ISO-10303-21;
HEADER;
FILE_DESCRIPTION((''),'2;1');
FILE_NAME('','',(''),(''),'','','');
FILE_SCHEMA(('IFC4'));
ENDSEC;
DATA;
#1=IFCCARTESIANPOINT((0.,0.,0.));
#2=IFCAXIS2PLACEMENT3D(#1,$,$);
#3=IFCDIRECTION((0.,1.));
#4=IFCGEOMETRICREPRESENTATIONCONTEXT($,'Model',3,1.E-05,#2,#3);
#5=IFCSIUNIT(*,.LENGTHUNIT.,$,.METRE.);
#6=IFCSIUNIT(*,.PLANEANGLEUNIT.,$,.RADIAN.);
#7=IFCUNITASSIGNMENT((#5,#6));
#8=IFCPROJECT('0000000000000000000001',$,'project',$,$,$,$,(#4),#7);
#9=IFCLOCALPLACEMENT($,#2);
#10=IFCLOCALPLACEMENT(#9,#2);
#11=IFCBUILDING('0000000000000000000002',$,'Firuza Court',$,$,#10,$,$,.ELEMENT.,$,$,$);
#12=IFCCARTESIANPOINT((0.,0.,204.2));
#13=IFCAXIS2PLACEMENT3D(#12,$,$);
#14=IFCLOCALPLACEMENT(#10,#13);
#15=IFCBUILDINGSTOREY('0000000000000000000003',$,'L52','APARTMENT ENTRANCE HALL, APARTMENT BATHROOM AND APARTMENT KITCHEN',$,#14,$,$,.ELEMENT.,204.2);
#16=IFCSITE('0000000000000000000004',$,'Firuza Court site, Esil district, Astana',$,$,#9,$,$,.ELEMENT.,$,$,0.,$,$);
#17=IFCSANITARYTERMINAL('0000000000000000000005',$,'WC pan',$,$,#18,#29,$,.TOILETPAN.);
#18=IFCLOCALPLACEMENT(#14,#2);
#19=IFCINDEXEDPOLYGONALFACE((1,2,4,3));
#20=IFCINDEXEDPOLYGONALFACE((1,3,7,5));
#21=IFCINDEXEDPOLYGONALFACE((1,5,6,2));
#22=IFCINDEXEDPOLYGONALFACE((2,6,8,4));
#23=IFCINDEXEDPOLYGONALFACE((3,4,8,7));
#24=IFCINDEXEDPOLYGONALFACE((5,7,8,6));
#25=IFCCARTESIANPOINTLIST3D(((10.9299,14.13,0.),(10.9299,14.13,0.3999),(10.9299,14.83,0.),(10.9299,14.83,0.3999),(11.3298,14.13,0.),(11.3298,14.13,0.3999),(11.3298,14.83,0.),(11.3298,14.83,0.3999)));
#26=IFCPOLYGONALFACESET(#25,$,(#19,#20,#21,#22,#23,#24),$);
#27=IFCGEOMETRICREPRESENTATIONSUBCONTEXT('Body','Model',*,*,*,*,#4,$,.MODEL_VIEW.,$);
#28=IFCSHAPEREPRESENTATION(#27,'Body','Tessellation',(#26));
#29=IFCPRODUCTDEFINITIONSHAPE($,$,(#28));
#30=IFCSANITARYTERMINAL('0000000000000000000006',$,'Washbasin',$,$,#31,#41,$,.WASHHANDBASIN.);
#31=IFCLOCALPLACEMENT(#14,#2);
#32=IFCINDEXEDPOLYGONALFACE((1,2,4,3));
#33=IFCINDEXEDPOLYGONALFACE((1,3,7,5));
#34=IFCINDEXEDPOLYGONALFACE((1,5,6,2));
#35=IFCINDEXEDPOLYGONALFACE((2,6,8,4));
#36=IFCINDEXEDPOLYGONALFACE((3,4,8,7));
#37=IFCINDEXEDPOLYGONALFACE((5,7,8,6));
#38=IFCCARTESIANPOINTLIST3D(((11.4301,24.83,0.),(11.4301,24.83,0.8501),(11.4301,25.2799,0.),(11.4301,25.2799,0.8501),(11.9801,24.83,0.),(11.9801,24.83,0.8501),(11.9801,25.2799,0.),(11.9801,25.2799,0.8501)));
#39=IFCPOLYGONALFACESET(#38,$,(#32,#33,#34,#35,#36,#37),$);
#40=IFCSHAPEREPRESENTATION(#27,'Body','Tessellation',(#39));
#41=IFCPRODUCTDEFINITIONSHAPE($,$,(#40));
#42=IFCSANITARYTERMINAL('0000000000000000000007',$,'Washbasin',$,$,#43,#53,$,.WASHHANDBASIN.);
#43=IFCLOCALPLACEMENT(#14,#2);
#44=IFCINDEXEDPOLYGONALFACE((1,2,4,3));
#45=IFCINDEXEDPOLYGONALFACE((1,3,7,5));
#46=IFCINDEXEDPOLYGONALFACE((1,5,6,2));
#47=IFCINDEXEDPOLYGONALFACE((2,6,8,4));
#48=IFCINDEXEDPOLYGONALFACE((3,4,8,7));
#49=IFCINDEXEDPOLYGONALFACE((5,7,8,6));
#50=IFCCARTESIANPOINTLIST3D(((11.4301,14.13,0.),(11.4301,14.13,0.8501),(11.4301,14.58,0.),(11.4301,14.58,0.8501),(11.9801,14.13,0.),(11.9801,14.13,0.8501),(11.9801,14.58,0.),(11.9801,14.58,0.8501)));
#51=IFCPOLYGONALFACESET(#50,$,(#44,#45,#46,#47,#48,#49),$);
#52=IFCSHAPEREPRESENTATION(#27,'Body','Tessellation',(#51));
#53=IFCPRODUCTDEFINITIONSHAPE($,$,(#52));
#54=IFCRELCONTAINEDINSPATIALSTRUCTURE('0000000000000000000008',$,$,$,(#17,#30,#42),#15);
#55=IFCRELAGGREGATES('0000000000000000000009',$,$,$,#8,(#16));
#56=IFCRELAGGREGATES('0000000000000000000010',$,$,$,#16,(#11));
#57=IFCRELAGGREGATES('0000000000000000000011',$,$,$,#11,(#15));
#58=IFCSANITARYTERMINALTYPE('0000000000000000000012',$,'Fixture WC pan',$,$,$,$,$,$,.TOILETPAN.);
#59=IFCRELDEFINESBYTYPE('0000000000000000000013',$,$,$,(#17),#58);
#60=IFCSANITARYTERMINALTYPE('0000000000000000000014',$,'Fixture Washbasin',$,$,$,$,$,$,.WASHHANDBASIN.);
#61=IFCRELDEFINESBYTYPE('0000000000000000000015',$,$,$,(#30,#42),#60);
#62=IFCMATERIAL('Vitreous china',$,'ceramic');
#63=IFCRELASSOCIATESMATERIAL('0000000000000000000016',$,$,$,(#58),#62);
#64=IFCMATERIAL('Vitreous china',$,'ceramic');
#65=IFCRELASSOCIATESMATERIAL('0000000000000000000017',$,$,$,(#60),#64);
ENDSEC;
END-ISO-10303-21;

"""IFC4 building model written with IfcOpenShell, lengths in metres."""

from ifc_helpers import new_model, si_unit, direction, frame, origin, origin_2d, place, context, subcontext, project, spatial, rectangle, extrude, material, type_object, element, save


model = new_model("IFC4")

# Units and contexts
model_context = context("Model", 3, precision=1e-05, world=origin(), true_north=direction((0.0, 1.0)))
body_context = subcontext(model_context, "Body", "Model", "MODEL_VIEW")
ifc_project = project(units=[si_unit("LENGTHUNIT", "METRE"), si_unit("PLANEANGLEUNIT", "RADIAN")], contexts=[model_context])

# Site, building, storey
site_placement = place(None, origin())
site = spatial("IfcSite", under=ifc_project, at=site_placement, Name="Firuza Court site, Esil district, Astana", CompositionType="ELEMENT", RefElevation=0.0)
building_placement = place(site_placement, origin())
building = spatial("IfcBuilding", under=site, at=building_placement, Name="Firuza Court", CompositionType="ELEMENT")
storey_placement = place(building_placement, frame((0.0, 0.0, 204.2)))
storey = spatial("IfcBuildingStorey", under=building, at=storey_placement, Name="L52", Description="APARTMENT ENTRANCE HALL, APARTMENT BATHROOM AND APARTMENT KITCHEN", CompositionType="ELEMENT", Elevation=204.2)

# Sanitary terminals
ifc_material_1 = material(Name="Vitreous china", Category="ceramic")
sanitary_terminal_type_1 = type_object("IfcSanitaryTerminalType", Name="Fixture WC pan", PredefinedType="TOILETPAN", material=ifc_material_1)
for number, where, z_axis, x_axis, name in (
    (1, (11.1299, 14.48, 0.0), (0.0, 0.0, 1.0), (1.0, 0.0, 0.0), "WC pan"),
):
    element("IfcSanitaryTerminal", number, at=place(storey_placement, frame(where, z_axis=z_axis, x_axis=x_axis)), inside=storey, type_object=sanitary_terminal_type_1, Name=name, PredefinedType="TOILETPAN", context=body_context, shape_type="SweptSolid", body=[
        extrude(rectangle(XDim=0.3999, YDim=0.7, at=origin_2d()), origin(), (0.0, 0.0, 1.0), 0.3999),
    ])
ifc_material_2 = material(Name="Vitreous china", Category="ceramic")
sanitary_terminal_type_2 = type_object("IfcSanitaryTerminalType", Name="Fixture Washbasin", PredefinedType="WASHHANDBASIN", material=ifc_material_2)
for number, where, z_axis, x_axis, name in (
    (2, (11.7051, 25.0549, 0.0), (0.0, 0.0, 1.0), (1.0, 0.0, 0.0), "Washbasin"),
    (3, (11.7051, 14.355, 0.0), (0.0, 0.0, 1.0), (1.0, 0.0, 0.0), "Washbasin"),
):
    element("IfcSanitaryTerminal", number, at=place(storey_placement, frame(where, z_axis=z_axis, x_axis=x_axis)), inside=storey, type_object=sanitary_terminal_type_2, Name=name, PredefinedType="WASHHANDBASIN", context=body_context, shape_type="SweptSolid", body=[
        extrude(rectangle(XDim=0.55, YDim=0.45, at=origin_2d()), origin(), (0.0, 0.0, 1.0), 0.8501),
    ])

save(model, "model.ifc")
